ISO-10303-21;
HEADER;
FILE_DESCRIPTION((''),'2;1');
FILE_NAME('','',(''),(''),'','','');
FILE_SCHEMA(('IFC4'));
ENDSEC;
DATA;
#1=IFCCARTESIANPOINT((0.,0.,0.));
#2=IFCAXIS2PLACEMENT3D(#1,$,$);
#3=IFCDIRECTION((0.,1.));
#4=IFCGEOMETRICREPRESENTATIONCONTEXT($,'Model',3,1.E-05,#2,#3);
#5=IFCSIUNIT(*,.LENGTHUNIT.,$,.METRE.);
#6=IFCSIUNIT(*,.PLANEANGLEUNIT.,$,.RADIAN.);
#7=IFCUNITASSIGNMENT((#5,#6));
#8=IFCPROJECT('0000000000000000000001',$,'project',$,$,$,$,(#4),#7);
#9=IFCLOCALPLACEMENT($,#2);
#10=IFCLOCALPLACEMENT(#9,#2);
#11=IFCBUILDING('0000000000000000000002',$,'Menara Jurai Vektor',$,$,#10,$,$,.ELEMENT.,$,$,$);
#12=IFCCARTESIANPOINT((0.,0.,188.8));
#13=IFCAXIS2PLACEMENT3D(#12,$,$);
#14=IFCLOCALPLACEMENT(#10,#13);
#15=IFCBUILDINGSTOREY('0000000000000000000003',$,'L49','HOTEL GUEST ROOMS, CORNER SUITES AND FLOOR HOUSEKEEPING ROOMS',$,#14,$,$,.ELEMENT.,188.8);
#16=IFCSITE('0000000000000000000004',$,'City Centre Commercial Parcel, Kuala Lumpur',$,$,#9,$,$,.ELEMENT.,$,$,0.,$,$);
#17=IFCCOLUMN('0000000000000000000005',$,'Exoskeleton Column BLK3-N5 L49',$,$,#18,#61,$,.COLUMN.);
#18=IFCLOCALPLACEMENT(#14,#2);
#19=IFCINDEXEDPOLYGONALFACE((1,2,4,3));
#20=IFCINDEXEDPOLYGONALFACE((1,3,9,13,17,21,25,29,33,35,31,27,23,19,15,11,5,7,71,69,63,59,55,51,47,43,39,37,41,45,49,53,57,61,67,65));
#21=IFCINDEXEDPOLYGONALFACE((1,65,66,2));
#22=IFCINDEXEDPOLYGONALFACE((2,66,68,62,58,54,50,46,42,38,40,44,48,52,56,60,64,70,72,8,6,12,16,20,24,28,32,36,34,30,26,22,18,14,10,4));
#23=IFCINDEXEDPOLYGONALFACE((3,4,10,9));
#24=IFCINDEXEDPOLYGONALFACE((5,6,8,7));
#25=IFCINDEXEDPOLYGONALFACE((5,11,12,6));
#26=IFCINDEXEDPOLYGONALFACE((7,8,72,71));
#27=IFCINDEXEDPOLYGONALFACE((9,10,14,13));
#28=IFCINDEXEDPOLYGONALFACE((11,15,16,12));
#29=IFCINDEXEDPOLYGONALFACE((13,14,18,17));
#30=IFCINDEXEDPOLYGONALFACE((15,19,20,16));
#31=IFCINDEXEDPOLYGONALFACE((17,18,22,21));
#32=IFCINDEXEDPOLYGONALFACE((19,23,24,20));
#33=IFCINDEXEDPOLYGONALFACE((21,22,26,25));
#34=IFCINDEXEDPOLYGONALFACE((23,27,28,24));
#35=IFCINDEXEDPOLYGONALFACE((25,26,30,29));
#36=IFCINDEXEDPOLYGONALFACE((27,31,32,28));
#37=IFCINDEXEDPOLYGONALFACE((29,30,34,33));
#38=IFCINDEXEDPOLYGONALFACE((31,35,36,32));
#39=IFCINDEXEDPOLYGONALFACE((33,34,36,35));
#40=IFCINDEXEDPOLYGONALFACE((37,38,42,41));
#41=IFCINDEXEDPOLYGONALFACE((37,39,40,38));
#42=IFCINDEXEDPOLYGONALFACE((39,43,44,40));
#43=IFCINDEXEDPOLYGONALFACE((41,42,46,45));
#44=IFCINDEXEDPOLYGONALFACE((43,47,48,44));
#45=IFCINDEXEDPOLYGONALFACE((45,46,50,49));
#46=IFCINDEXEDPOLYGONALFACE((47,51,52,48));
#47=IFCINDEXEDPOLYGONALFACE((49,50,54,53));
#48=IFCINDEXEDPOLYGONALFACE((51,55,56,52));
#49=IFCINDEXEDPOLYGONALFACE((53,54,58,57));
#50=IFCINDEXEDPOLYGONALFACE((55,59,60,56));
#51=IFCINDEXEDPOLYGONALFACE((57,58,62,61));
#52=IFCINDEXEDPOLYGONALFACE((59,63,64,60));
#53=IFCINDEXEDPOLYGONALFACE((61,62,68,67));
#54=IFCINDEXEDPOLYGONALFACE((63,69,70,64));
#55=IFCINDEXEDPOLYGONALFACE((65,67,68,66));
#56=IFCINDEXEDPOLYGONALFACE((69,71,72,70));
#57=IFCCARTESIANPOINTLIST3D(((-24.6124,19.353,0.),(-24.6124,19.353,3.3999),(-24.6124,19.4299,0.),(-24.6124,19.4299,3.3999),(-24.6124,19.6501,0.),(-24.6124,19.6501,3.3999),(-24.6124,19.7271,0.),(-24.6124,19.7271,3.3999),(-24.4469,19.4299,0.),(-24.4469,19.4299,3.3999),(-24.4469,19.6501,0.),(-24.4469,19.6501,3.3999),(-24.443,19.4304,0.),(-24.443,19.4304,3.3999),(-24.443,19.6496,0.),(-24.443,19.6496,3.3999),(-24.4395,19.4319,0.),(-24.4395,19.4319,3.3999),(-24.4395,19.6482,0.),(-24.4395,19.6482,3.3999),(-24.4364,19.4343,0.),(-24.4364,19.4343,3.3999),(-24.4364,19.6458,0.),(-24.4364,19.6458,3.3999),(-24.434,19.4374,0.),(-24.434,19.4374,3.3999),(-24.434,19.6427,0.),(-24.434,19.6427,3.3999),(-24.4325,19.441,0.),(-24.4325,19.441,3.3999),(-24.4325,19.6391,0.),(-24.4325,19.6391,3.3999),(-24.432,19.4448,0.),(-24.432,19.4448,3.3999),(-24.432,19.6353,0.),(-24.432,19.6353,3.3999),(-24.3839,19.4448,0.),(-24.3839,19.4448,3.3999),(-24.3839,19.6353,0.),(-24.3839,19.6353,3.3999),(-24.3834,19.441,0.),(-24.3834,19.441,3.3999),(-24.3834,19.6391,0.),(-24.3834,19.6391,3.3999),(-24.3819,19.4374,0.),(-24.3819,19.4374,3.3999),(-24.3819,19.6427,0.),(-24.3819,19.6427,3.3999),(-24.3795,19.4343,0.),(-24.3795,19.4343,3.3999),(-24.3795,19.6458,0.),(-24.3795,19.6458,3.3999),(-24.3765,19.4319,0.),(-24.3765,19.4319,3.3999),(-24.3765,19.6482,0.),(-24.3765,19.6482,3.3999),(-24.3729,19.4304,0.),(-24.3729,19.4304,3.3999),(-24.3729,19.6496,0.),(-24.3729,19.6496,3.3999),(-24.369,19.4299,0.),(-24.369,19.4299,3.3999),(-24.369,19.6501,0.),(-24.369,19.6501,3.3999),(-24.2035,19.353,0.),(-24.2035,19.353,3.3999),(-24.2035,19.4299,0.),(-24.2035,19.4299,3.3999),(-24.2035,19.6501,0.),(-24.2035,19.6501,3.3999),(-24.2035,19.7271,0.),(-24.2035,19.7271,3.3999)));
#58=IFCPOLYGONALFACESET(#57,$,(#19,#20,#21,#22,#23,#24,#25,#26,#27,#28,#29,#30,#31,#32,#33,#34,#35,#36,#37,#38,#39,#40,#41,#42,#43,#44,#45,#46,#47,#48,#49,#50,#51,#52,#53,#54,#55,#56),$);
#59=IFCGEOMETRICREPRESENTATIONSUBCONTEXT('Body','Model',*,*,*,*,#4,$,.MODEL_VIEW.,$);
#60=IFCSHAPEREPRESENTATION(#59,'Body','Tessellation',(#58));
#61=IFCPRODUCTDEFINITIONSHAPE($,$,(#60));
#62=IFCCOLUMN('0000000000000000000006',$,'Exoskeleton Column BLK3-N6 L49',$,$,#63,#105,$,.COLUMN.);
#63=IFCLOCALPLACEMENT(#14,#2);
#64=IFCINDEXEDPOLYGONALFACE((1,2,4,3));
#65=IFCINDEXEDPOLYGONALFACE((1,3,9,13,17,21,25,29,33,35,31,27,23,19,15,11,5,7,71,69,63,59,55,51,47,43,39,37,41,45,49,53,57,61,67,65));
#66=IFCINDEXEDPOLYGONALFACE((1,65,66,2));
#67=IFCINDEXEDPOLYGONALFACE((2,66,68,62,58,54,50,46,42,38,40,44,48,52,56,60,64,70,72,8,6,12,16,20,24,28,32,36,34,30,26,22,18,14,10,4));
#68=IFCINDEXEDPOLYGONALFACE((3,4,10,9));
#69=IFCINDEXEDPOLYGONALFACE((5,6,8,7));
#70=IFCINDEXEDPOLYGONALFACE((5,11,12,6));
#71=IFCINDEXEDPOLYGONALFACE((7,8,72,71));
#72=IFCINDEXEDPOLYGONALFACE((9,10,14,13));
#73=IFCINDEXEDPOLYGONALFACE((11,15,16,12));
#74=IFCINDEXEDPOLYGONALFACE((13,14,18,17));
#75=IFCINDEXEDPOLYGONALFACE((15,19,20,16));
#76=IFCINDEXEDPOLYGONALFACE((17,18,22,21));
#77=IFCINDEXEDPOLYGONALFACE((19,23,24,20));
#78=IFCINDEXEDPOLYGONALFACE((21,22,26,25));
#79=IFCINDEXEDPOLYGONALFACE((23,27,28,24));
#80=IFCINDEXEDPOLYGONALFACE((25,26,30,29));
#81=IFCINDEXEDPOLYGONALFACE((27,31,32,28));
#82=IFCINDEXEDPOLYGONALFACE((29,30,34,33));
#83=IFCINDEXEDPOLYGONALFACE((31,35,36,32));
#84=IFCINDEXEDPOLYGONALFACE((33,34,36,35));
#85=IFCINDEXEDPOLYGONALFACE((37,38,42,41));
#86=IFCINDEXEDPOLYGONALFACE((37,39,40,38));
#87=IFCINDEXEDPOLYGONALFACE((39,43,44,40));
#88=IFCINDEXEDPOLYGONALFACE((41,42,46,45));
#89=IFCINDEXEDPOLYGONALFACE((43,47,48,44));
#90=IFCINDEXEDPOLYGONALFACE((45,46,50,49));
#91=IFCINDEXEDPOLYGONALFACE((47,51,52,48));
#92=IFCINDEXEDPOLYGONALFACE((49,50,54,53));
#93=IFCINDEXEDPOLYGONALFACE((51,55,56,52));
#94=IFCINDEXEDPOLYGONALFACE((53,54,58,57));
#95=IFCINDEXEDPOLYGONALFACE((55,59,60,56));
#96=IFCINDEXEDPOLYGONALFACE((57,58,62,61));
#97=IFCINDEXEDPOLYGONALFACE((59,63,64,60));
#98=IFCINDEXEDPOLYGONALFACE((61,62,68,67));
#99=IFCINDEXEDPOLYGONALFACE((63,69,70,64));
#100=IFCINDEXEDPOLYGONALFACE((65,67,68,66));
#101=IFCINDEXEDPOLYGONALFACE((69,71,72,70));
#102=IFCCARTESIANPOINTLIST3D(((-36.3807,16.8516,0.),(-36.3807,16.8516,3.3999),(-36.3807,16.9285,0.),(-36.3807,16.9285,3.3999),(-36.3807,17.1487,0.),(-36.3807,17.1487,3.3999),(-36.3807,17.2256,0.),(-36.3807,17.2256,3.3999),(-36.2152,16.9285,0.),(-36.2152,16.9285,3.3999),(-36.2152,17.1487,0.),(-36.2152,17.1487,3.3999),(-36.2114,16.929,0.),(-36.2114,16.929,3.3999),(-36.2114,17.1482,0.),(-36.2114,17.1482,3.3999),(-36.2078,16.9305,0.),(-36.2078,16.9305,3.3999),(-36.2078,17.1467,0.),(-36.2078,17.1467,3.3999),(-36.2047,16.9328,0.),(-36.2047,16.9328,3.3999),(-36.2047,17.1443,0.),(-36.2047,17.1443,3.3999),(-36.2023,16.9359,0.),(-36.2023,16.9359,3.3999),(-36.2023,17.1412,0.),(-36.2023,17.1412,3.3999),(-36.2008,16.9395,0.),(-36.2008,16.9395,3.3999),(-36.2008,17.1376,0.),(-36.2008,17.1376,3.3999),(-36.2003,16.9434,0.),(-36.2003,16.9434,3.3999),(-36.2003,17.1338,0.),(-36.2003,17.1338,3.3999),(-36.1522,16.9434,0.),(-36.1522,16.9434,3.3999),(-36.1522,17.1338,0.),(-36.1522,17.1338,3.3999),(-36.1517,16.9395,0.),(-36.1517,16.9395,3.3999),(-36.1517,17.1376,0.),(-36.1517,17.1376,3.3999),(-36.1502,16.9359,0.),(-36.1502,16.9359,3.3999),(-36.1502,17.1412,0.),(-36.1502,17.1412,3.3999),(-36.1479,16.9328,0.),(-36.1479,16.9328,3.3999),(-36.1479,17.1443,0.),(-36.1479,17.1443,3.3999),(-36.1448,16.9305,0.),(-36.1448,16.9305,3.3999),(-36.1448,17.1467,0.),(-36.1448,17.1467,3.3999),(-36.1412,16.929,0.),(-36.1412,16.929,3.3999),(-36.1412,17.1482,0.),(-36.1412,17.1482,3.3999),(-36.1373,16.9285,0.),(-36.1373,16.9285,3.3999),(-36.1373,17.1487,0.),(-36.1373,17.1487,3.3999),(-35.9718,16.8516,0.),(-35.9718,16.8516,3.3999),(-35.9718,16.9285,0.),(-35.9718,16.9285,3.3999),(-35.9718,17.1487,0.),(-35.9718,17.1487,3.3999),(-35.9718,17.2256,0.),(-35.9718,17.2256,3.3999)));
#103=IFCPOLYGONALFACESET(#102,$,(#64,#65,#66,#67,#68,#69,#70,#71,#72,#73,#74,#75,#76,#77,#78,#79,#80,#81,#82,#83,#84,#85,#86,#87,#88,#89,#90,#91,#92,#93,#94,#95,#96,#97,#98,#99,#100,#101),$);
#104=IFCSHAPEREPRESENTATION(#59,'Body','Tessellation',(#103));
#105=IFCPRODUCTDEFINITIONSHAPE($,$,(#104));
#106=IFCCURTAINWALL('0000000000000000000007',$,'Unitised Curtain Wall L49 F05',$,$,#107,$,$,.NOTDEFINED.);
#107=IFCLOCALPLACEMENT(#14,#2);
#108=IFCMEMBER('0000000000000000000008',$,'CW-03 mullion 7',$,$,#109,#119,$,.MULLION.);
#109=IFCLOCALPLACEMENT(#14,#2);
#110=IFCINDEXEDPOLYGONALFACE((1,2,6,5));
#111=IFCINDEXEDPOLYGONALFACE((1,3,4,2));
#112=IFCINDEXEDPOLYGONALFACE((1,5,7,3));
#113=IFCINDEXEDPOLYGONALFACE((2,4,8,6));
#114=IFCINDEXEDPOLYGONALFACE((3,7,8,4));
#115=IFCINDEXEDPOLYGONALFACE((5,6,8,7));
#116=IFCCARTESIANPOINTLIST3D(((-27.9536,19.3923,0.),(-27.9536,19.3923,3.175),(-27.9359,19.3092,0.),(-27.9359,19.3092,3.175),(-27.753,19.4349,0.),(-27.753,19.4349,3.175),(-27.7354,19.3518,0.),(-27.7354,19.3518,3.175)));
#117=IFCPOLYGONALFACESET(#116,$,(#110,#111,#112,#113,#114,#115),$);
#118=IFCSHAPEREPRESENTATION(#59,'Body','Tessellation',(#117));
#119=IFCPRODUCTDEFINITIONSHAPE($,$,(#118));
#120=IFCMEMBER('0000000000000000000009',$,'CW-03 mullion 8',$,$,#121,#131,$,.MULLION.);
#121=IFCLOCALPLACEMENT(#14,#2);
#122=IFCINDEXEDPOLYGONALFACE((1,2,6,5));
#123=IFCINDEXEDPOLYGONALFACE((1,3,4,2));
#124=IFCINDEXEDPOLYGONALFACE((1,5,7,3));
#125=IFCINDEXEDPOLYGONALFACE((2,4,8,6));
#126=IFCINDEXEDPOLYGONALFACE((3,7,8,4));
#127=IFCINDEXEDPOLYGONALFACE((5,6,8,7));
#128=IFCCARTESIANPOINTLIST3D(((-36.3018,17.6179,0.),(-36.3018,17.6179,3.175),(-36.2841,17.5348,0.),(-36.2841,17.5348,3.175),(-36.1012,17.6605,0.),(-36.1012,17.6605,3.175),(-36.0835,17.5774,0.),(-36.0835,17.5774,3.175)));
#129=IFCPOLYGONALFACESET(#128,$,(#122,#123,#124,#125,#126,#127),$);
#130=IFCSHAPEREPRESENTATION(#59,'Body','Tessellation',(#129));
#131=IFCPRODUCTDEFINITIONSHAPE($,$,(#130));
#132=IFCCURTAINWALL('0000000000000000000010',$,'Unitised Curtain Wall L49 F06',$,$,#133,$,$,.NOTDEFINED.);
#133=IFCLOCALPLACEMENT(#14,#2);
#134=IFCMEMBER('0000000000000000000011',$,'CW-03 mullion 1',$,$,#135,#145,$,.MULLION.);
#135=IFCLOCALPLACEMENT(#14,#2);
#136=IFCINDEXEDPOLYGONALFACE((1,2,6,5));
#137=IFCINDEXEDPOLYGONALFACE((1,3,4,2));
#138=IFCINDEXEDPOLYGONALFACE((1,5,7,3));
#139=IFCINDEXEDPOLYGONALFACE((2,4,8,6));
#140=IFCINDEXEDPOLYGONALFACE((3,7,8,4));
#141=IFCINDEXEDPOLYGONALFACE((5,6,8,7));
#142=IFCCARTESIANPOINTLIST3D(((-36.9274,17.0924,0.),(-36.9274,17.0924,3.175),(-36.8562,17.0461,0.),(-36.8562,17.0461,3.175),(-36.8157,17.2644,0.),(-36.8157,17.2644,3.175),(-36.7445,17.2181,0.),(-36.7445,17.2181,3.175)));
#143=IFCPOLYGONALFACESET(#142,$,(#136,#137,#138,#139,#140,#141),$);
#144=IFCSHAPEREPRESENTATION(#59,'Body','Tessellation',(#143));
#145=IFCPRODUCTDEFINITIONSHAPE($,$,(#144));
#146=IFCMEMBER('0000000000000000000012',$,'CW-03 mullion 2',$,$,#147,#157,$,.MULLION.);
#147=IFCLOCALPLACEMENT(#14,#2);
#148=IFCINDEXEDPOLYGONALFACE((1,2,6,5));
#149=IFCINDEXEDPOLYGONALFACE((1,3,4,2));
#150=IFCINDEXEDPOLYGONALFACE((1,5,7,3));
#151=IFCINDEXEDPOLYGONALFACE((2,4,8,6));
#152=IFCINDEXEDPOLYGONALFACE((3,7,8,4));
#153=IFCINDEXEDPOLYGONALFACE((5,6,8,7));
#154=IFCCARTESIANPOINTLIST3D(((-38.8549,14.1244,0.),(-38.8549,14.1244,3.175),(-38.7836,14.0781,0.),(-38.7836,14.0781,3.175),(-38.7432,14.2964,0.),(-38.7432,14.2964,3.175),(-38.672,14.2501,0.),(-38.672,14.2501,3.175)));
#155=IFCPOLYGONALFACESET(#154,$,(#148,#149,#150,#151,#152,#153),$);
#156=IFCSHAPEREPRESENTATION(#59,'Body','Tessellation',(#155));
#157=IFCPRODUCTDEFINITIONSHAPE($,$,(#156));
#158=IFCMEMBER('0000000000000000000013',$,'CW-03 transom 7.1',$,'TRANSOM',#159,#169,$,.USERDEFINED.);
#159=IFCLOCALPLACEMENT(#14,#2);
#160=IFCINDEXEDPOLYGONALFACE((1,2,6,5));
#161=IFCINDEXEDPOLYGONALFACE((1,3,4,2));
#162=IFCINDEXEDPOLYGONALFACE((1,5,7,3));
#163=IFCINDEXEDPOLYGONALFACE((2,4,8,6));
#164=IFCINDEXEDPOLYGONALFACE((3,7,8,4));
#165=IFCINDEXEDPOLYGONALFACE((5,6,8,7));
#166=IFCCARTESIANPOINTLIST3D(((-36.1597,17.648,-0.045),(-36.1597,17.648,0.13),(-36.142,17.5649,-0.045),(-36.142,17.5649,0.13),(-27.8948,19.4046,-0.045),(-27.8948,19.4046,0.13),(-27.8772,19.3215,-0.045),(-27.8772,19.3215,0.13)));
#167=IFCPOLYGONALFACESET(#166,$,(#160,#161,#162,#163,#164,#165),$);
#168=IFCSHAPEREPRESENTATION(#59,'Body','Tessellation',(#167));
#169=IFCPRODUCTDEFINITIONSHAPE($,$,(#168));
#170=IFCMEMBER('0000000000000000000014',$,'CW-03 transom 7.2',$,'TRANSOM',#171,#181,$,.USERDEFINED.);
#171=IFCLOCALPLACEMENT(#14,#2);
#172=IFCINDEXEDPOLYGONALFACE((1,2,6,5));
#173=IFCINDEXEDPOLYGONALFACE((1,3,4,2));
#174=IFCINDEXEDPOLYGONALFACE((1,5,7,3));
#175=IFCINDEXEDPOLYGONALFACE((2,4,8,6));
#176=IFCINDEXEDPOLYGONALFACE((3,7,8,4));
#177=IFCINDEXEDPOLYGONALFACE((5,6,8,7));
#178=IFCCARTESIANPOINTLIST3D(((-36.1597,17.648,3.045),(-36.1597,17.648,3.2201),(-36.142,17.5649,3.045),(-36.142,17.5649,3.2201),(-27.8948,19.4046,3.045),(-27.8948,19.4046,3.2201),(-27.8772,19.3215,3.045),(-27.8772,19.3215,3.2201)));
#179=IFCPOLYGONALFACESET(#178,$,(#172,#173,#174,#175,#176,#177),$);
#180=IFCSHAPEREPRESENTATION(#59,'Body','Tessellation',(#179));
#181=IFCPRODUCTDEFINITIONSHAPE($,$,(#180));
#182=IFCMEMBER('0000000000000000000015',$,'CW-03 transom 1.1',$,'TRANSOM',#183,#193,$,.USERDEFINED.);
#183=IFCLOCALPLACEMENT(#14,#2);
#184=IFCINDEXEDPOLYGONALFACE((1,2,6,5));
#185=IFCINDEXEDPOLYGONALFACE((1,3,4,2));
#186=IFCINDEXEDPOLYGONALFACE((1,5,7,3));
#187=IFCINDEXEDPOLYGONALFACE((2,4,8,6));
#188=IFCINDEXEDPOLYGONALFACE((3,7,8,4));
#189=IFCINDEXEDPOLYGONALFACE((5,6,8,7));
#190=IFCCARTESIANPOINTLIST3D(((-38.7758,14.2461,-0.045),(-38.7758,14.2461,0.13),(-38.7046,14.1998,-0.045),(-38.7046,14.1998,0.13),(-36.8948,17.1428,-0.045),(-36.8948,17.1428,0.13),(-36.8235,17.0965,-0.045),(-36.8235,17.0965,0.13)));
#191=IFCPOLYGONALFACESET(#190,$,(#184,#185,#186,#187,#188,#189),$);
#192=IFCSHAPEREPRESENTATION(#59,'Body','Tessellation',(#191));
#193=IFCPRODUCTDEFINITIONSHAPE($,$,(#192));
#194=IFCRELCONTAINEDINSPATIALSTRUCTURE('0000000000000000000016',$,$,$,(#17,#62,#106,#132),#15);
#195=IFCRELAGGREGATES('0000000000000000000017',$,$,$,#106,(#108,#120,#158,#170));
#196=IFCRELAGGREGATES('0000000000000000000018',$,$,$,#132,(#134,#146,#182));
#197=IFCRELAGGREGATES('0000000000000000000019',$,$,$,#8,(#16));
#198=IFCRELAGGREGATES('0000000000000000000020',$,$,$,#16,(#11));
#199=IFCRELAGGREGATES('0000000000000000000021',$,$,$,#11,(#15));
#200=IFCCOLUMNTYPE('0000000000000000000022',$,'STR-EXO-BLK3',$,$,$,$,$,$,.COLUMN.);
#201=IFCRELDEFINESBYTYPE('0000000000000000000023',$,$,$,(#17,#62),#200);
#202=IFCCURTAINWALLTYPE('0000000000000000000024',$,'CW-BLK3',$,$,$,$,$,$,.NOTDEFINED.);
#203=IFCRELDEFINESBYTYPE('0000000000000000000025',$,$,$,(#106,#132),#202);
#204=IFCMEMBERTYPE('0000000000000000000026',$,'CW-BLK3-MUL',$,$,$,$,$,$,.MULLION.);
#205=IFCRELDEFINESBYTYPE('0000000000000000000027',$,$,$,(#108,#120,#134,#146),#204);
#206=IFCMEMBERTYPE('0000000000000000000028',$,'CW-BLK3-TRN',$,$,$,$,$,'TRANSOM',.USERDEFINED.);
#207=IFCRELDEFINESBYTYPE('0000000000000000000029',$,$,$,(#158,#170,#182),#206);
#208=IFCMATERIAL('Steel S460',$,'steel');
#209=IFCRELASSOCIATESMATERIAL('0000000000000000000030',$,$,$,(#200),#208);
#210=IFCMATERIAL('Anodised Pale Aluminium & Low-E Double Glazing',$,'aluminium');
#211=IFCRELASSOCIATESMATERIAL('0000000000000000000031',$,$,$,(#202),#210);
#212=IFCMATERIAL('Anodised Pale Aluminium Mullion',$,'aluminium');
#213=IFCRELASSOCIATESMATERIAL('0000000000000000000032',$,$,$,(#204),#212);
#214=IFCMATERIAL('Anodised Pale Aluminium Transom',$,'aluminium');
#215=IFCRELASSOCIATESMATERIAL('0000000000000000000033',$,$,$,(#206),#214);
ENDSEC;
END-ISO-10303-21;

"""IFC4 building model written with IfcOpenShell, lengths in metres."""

from ifc_helpers import new_model, si_unit, direction, frame, origin, origin_2d, place, context, subcontext, project, spatial, rectangle, i_section, extrude, material, material_profile, profile_set, type_object, element, aggregate, save


model = new_model("IFC4")

# Units and contexts
model_context = context("Model", 3, precision=1e-05, world=origin(), true_north=direction((0.0, 1.0)))
body_context = subcontext(model_context, "Body", "Model", "MODEL_VIEW")
ifc_project = project(units=[si_unit("LENGTHUNIT", "METRE"), si_unit("PLANEANGLEUNIT", "RADIAN")], contexts=[model_context])

# Site, building, storey
site_placement = place(None, origin())
site = spatial("IfcSite", under=ifc_project, at=site_placement, Name="City Centre Commercial Parcel, Kuala Lumpur", CompositionType="ELEMENT", RefElevation=0.0)
building_placement = place(site_placement, origin())
building = spatial("IfcBuilding", under=site, at=building_placement, Name="Menara Jurai Vektor", CompositionType="ELEMENT")
storey_placement = place(building_placement, frame((0.0, 0.0, 188.8)))
storey = spatial("IfcBuildingStorey", under=building, at=storey_placement, Name="L49", Description="HOTEL GUEST ROOMS, CORNER SUITES AND FLOOR HOUSEKEEPING ROOMS", CompositionType="ELEMENT", Elevation=188.8)

# Columns
ifc_material_1 = material(Name="Steel S460", Category="steel")
ifc_material_profile_1 = material_profile(ifc_material_1, i_section(OverallWidth=0.4089, OverallDepth=0.374, WebThickness=0.0481, FlangeThickness=0.0769, FilletRadius=0.0149, at=origin_2d()), Name="HD 400x634")
ifc_profile_set_1 = profile_set([ifc_material_profile_1], Name="Steel S460")
column_type = type_object("IfcColumnType", Name="STR-EXO-BLK3", PredefinedType="COLUMN", material=ifc_profile_set_1)
for number, where, z_axis, x_axis, name in (
    (1, (-24.408, 19.54, 0.0), (0.0, 0.0, 1.0), (1.0, 0.0, 0.0), "Exoskeleton Column BLK3-N5 L49"),
    (2, (-36.1763, 17.0386, 0.0), (0.0, 0.0, 1.0), (1.0, 0.0, 0.0), "Exoskeleton Column BLK3-N6 L49"),
):
    element("IfcColumn", number, at=place(storey_placement, frame(where, z_axis=z_axis, x_axis=x_axis)), inside=storey, type_object=column_type, Name=name, PredefinedType="COLUMN", context=body_context, shape_type="SweptSolid", body=[
        extrude(i_section(OverallWidth=0.4089, OverallDepth=0.374, WebThickness=0.0481, FlangeThickness=0.0769, FilletRadius=0.0149, at=origin_2d()), origin(), (0.0, 0.0, 1.0), 3.3999),
    ])

# Curtain walls, members
ifc_material_2 = material(Name="Anodised Pale Aluminium & Low-E Double Glazing", Category="aluminium")
curtain_wall_type = type_object("IfcCurtainWallType", Name="CW-BLK3", PredefinedType="NOTDEFINED", material=ifc_material_2)
curtain_wall_1_placement = place(storey_placement, origin())
curtain_wall_1 = element("IfcCurtainWall", 3, at=curtain_wall_1_placement, inside=storey, type_object=curtain_wall_type, Name="Unitised Curtain Wall L49 F05", PredefinedType="NOTDEFINED")
ifc_material_3 = material(Name="Anodised Pale Aluminium Mullion", Category="aluminium")
ifc_material_profile_2 = material_profile(ifc_material_3, rectangle(XDim=0.085, YDim=0.2051, at=origin_2d()), Name="ALU MUL 85x205")
ifc_profile_set_2 = profile_set([ifc_material_profile_2], Name="Anodised Pale Aluminium Mullion")
member_type_1 = type_object("IfcMemberType", Name="CW-BLK3-MUL", PredefinedType="MULLION", material=ifc_profile_set_2)
member_1_placement = place(storey_placement, frame((-27.8445, 19.3721, 0.0), z_axis=(0.0, 0.0, 1.0), x_axis=(0.207911, -0.978148, 0.0)))
member_1 = element("IfcMember", 4, at=member_1_placement, type_object=member_type_1, Name="CW-03 mullion 7", PredefinedType="MULLION", context=body_context, shape_type="SweptSolid", body=[
    extrude(rectangle(XDim=0.085, YDim=0.2051, at=origin_2d()), origin(), (0.0, 0.0, 1.0), 3.175),
])
member_2_placement = place(storey_placement, frame((-36.1926, 17.5977, 0.0), z_axis=(0.0, 0.0, 1.0), x_axis=(0.207911, -0.978148, 0.0)))
member_2 = element("IfcMember", 5, at=member_2_placement, type_object=member_type_1, Name="CW-03 mullion 8", PredefinedType="MULLION", context=body_context, shape_type="SweptSolid", body=[
    extrude(rectangle(XDim=0.085, YDim=0.2051, at=origin_2d()), origin(), (0.0, 0.0, 1.0), 3.175),
])
curtain_wall_2_placement = place(storey_placement, origin())
curtain_wall_2 = element("IfcCurtainWall", 6, at=curtain_wall_2_placement, inside=storey, type_object=curtain_wall_type, Name="Unitised Curtain Wall L49 F06", PredefinedType="NOTDEFINED")
member_3_placement = place(storey_placement, frame((-36.8359, 17.1553, 0.0), z_axis=(0.0, 0.0, 1.0), x_axis=(0.838684, -0.544618, 0.0)))
member_3 = element("IfcMember", 7, at=member_3_placement, type_object=member_type_1, Name="CW-03 mullion 1", PredefinedType="MULLION", context=body_context, shape_type="SweptSolid", body=[
    extrude(rectangle(XDim=0.085, YDim=0.2051, at=origin_2d()), origin(), (0.0, 0.0, 1.0), 3.175),
])
member_4_placement = place(storey_placement, frame((-38.7634, 14.1873, 0.0), z_axis=(0.0, 0.0, 1.0), x_axis=(0.838684, -0.544618, 0.0)))
member_4 = element("IfcMember", 8, at=member_4_placement, type_object=member_type_1, Name="CW-03 mullion 2", PredefinedType="MULLION", context=body_context, shape_type="SweptSolid", body=[
    extrude(rectangle(XDim=0.085, YDim=0.2051, at=origin_2d()), origin(), (0.0, 0.0, 1.0), 3.175),
])

# Members
ifc_material_4 = material(Name="Anodised Pale Aluminium Transom", Category="aluminium")
ifc_material_profile_3 = material_profile(ifc_material_4, rectangle(XDim=0.085, YDim=0.175, at=origin_2d()), Name="ALU TRN 85x175")
ifc_profile_set_3 = profile_set([ifc_material_profile_3], Name="Anodised Pale Aluminium Transom")
member_type_2 = type_object("IfcMemberType", Name="CW-BLK3-TRN", ElementType="TRANSOM", PredefinedType="USERDEFINED", material=ifc_profile_set_3)
member_5_placement = place(storey_placement, frame((-27.886, 19.363, 0.0425), z_axis=(-0.978152, -0.207893, 0.0), x_axis=(0.207893, -0.978152, 0.0)))
member_5 = element("IfcMember", 9, at=member_5_placement, type_object=member_type_2, Name="CW-03 transom 7.1", ObjectType="TRANSOM", PredefinedType="USERDEFINED", context=body_context, shape_type="SweptSolid", body=[
    extrude(rectangle(XDim=0.085, YDim=0.175, at=origin_2d()), origin(), (0.0, 0.0, 1.0), 8.4495),
])
member_6_placement = place(storey_placement, frame((-27.886, 19.363, 3.1326), z_axis=(-0.978152, -0.207893, 0.0), x_axis=(0.207893, -0.978152, 0.0)))
member_6 = element("IfcMember", 10, at=member_6_placement, type_object=member_type_2, Name="CW-03 transom 7.2", ObjectType="TRANSOM", PredefinedType="USERDEFINED", context=body_context, shape_type="SweptSolid", body=[
    extrude(rectangle(XDim=0.085, YDim=0.175, at=origin_2d()), origin(), (0.0, 0.0, 1.0), 8.4495),
])
member_7_placement = place(storey_placement, frame((-36.8591, 17.1196, 0.0425), z_axis=(-0.544628, -0.838678, 0.0), x_axis=(0.838678, -0.544628, 0.0)))
member_7 = element("IfcMember", 11, at=member_7_placement, type_object=member_type_2, Name="CW-03 transom 1.1", ObjectType="TRANSOM", PredefinedType="USERDEFINED", context=body_context, shape_type="SweptSolid", body=[
    extrude(rectangle(XDim=0.085, YDim=0.175, at=origin_2d()), origin(), (0.0, 0.0, 1.0), 3.4539),
])

aggregate(curtain_wall_1, [member_1, member_2, member_5, member_6])
aggregate(curtain_wall_2, [member_3, member_4, member_7])

save(model, "model.ifc")
